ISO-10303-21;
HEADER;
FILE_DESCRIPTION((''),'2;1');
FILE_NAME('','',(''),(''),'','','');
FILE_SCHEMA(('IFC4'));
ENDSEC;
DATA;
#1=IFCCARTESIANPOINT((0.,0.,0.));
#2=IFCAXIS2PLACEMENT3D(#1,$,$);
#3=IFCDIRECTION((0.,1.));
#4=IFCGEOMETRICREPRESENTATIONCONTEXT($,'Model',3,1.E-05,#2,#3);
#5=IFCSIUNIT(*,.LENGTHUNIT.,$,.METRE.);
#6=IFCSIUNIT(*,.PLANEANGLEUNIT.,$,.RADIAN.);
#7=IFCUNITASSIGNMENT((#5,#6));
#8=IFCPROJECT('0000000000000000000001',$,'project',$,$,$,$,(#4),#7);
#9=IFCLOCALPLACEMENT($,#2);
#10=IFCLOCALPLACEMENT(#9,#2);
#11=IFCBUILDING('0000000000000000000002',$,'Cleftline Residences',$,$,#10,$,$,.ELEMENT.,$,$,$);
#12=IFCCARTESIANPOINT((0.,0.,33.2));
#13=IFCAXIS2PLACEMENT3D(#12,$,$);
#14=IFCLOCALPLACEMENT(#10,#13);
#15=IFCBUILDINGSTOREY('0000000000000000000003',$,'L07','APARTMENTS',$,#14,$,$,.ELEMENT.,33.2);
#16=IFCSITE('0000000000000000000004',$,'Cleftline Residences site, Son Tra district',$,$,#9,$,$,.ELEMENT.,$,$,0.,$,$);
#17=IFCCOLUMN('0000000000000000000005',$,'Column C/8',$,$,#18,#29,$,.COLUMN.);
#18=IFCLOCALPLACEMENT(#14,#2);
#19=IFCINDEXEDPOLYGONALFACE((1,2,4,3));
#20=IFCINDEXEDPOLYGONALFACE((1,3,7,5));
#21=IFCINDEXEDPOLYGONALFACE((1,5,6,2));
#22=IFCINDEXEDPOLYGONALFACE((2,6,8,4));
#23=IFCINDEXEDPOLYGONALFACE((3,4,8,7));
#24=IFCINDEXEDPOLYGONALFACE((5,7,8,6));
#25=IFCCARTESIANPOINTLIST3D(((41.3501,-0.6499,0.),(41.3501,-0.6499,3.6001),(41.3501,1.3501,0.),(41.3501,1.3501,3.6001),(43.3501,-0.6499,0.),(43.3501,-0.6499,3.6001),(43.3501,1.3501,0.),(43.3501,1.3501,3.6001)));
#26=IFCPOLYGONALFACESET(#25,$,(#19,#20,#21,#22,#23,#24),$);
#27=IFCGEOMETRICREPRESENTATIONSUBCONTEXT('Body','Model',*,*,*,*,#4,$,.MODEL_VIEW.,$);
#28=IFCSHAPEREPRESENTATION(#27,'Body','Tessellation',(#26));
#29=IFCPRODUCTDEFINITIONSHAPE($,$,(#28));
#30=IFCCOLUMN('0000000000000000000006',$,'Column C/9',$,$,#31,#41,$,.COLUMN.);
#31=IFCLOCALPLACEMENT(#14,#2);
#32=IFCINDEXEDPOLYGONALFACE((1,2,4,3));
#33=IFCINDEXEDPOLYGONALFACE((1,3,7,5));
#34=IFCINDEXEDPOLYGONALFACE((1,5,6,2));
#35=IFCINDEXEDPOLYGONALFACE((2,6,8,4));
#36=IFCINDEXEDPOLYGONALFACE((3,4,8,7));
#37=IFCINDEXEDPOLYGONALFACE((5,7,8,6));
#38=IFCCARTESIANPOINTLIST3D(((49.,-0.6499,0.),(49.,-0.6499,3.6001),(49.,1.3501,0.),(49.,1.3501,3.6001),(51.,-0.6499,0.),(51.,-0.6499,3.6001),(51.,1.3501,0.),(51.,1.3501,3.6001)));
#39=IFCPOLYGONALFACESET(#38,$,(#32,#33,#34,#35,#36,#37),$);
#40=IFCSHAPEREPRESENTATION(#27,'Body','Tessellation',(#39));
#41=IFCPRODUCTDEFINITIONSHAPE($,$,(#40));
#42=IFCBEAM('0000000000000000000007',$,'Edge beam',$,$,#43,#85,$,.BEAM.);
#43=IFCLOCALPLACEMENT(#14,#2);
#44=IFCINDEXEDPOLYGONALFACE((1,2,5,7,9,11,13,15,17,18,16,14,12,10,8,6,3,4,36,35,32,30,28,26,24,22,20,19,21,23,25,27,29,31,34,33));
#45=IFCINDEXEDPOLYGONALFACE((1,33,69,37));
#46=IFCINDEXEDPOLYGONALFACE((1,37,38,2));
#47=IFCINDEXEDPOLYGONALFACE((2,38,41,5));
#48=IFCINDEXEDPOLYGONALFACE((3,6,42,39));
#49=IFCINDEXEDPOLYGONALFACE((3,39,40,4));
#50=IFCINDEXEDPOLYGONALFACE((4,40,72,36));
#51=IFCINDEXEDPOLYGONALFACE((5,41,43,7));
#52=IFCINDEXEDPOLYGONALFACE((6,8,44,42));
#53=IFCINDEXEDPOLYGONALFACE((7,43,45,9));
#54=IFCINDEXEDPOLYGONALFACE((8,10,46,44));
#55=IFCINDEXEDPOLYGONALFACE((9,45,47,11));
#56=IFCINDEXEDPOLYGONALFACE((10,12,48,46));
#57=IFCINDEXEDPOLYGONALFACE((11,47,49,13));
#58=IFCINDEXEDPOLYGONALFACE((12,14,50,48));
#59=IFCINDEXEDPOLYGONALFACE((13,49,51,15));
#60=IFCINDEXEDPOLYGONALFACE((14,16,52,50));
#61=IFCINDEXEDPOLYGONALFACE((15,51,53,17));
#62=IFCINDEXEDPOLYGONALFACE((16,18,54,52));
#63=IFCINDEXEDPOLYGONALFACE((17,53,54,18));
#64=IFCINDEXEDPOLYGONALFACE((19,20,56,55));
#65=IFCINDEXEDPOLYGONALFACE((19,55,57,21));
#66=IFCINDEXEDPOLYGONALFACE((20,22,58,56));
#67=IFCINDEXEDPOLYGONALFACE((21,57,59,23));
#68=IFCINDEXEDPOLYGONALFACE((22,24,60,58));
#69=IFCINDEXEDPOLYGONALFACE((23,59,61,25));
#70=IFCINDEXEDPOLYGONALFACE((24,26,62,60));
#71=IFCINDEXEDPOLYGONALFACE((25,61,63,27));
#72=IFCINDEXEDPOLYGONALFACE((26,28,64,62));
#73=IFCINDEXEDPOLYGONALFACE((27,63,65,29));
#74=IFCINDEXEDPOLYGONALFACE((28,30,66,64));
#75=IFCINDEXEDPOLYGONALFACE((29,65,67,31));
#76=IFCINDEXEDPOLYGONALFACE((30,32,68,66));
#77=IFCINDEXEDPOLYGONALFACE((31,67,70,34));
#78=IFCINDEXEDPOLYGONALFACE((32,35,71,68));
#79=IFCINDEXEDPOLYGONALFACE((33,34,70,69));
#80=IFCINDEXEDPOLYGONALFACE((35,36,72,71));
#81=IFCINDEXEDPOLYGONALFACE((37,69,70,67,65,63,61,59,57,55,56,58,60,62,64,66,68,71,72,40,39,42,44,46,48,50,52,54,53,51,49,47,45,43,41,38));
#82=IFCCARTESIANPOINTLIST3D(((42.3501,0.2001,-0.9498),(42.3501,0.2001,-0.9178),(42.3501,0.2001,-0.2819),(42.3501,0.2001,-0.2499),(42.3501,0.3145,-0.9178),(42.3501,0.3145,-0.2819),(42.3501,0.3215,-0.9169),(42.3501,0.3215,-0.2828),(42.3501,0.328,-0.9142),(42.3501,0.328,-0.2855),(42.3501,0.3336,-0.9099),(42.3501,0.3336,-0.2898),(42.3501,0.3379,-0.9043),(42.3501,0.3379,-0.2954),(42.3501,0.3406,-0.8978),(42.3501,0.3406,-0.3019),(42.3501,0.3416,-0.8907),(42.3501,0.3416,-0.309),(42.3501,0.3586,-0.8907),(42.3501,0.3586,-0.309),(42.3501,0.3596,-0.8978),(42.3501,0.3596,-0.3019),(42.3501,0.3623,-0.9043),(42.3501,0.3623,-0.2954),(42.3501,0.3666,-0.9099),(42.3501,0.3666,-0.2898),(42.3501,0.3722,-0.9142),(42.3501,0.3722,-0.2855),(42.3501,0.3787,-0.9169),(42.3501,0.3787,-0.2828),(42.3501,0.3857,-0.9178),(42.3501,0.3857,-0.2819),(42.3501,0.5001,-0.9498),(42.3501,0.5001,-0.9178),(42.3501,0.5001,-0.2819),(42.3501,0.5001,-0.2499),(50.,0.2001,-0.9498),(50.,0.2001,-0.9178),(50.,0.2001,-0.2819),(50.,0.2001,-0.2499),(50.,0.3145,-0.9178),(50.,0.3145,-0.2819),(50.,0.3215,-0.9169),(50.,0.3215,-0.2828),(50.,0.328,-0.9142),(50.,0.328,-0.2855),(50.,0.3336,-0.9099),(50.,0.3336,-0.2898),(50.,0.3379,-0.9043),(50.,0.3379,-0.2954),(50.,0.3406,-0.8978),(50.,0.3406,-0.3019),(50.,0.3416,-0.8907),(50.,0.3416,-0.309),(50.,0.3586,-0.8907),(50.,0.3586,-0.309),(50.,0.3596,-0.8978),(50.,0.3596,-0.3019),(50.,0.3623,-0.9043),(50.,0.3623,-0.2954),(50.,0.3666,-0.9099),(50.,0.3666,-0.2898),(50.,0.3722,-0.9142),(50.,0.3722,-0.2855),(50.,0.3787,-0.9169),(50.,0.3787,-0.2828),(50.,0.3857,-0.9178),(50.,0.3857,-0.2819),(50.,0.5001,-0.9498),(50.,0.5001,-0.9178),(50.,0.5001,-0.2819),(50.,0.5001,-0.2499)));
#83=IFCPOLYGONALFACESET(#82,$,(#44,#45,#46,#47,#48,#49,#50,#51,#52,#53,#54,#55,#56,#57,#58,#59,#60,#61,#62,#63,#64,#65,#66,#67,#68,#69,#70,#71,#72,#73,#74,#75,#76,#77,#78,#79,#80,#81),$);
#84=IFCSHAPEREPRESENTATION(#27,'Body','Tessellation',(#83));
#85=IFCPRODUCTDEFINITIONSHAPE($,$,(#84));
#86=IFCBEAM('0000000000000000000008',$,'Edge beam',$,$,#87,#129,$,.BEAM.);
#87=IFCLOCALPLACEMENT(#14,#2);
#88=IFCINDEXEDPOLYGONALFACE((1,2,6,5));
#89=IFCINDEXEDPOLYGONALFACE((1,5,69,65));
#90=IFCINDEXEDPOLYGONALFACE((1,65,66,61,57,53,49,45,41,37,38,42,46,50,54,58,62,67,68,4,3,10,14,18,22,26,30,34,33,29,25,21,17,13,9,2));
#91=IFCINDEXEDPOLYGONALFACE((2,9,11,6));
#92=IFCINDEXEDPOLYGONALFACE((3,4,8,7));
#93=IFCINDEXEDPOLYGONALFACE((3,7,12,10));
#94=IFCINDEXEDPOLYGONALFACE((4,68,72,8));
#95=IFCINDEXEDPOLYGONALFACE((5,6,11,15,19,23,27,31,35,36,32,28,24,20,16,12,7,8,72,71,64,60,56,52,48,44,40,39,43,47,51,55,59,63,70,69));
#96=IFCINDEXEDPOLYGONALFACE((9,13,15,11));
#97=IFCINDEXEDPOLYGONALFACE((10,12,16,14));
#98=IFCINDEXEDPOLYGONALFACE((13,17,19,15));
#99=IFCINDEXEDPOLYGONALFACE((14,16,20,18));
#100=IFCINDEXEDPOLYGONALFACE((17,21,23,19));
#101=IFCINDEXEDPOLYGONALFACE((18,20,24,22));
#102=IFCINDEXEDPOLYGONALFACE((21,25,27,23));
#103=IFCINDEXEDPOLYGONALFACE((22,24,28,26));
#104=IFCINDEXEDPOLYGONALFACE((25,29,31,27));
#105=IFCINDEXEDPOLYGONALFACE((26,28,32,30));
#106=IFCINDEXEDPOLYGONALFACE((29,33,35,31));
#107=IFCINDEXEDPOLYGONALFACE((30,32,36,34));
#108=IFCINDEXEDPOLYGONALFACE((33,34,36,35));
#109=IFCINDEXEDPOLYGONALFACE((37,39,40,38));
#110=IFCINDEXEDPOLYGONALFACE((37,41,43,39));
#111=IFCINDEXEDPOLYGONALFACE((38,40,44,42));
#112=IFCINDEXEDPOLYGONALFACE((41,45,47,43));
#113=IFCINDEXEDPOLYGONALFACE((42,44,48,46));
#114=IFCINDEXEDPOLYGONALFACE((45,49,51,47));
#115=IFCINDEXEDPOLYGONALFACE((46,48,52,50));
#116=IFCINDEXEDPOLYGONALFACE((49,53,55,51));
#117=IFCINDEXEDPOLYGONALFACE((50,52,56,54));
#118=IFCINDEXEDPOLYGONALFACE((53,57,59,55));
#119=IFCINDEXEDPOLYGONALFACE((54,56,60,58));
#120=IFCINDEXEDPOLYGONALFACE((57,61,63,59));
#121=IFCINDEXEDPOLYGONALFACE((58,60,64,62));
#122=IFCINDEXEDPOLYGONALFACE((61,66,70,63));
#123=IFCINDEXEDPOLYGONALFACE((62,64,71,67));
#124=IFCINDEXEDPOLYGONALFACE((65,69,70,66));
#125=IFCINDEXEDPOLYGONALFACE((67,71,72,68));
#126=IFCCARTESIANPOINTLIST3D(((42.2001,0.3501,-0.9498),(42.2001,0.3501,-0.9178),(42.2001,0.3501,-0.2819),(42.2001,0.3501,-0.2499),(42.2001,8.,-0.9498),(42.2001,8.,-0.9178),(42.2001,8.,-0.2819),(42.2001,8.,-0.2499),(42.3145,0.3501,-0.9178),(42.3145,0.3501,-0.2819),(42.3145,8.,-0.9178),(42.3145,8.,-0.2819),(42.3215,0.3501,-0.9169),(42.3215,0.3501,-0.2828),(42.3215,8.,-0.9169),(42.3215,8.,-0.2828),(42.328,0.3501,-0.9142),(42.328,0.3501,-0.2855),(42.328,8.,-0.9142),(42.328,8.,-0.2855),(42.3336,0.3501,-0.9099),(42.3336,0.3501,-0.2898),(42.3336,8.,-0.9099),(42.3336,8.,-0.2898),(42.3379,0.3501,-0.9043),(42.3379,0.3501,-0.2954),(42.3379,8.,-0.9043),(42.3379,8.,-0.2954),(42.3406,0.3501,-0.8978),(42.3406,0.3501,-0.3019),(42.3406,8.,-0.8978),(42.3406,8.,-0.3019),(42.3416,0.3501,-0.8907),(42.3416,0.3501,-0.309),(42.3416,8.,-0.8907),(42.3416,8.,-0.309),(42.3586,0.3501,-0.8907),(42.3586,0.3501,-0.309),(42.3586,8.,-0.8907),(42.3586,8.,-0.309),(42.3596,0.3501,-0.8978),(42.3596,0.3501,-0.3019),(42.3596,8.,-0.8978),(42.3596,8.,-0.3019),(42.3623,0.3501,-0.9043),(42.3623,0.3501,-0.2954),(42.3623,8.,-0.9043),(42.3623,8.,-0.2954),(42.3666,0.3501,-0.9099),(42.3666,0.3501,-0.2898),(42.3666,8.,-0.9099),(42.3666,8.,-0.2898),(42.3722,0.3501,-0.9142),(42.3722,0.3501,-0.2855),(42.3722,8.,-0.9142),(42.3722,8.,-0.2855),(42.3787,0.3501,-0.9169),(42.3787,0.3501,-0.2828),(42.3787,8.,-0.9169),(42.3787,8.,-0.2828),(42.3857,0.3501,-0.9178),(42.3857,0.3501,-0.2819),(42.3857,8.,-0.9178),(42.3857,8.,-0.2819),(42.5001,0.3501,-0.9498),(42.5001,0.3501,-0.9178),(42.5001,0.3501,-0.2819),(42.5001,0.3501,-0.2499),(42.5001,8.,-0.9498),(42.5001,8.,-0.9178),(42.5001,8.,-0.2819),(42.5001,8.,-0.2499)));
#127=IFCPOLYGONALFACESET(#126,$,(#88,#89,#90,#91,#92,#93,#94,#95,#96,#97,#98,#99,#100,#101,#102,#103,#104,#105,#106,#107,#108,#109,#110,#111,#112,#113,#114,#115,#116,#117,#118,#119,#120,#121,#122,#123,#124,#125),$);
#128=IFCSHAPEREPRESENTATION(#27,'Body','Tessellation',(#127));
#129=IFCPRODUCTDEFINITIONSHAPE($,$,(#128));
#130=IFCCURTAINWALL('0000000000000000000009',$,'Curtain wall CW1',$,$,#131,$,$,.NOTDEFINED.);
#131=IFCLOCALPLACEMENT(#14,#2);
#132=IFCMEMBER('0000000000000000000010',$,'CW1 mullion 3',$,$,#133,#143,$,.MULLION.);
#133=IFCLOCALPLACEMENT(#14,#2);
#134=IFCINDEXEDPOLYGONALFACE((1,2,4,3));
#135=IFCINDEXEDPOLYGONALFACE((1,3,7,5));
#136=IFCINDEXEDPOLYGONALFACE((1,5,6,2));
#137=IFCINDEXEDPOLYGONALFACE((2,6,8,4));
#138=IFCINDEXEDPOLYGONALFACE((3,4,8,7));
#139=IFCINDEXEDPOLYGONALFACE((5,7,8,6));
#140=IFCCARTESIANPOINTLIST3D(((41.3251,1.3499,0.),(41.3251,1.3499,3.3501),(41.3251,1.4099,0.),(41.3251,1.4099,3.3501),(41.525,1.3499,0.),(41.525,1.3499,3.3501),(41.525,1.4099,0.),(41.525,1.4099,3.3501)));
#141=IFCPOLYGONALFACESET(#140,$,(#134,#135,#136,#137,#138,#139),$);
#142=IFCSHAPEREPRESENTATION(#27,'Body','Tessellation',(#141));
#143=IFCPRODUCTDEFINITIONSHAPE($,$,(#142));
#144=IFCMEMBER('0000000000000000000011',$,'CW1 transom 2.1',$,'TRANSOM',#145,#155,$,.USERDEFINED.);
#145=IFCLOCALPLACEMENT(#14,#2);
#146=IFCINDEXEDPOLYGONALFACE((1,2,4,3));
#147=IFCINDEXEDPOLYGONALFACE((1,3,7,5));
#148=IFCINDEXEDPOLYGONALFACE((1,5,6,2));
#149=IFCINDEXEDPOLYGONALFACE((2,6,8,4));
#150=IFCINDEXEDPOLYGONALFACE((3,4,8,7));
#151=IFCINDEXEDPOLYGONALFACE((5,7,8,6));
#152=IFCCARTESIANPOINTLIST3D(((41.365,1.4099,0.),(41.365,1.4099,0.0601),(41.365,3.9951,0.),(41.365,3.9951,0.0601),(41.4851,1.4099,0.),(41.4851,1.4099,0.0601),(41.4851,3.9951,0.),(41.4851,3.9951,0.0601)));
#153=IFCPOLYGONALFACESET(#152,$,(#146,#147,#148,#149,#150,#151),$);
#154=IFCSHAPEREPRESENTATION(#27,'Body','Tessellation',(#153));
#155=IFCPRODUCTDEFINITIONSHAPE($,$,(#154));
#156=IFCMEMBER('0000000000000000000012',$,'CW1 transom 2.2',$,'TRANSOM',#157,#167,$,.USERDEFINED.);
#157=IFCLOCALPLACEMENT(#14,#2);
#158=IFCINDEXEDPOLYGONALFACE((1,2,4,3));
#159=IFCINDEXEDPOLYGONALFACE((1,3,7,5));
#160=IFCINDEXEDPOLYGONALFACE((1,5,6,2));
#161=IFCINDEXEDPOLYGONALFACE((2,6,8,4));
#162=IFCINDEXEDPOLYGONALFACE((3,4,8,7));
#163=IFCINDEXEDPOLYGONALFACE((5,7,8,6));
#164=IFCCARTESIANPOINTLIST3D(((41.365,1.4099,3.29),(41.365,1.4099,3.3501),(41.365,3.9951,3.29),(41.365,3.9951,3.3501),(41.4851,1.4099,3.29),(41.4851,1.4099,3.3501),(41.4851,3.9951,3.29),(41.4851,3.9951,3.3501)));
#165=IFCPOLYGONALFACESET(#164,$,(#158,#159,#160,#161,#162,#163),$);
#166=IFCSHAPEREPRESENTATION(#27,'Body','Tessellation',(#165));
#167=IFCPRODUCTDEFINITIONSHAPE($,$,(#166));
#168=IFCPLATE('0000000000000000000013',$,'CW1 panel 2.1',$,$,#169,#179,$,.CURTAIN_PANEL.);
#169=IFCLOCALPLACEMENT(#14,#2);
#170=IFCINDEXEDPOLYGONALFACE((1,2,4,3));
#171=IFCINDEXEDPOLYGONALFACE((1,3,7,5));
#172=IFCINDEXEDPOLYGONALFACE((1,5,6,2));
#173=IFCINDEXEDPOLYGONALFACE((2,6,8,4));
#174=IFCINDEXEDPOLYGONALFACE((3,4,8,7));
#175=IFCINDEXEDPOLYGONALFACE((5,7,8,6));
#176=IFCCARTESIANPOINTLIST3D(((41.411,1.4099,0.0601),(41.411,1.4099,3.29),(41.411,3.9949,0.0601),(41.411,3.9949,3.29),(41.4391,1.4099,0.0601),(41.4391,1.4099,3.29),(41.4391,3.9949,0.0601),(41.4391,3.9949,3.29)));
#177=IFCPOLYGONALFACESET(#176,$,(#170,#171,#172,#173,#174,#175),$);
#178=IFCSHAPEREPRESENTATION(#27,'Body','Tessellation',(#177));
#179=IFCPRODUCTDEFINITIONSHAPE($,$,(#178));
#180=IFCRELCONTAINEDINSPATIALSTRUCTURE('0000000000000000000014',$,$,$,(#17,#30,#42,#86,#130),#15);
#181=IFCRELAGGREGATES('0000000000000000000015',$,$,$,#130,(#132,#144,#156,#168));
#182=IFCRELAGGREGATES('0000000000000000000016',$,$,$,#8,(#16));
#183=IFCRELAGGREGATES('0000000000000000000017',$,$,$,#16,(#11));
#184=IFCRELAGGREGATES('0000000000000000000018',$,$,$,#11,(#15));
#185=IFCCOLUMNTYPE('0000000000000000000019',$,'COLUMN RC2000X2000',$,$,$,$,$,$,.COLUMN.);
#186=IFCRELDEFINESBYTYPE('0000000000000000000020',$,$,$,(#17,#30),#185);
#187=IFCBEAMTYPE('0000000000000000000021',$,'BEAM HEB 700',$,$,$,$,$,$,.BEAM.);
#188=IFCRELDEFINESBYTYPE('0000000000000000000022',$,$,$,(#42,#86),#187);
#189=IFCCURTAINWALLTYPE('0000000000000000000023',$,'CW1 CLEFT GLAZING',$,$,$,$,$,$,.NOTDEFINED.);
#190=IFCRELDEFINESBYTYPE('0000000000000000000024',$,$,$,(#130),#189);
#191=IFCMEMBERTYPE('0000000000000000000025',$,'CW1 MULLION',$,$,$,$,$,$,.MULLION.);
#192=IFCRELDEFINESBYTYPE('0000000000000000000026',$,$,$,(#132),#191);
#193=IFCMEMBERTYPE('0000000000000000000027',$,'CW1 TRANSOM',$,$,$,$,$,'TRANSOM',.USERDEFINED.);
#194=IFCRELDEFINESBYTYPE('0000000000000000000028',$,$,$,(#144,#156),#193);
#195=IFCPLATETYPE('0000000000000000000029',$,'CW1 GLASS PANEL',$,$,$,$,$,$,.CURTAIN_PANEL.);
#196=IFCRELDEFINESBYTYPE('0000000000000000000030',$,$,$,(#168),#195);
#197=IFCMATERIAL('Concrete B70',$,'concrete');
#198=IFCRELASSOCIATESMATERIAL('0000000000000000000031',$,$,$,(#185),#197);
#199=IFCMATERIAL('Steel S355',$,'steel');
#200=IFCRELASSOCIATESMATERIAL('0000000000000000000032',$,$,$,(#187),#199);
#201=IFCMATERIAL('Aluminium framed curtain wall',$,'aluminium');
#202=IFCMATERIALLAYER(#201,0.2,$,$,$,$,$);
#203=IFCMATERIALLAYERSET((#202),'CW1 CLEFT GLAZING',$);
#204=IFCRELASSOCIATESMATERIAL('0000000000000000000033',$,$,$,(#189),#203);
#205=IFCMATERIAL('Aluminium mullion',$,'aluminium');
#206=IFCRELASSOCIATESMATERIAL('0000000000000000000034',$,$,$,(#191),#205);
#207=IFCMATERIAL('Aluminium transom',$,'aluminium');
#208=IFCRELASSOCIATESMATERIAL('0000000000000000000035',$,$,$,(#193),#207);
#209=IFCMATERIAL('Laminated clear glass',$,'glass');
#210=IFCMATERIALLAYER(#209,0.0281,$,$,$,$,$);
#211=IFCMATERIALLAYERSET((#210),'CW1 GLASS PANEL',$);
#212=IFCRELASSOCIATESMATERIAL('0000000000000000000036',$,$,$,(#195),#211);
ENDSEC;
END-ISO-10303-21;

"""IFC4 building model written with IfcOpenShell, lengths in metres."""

from ifc_helpers import new_model, si_unit, direction, frame, origin, origin_2d, place, context, subcontext, project, spatial, rectangle, i_section, extrude, material, layer, layer_set, material_profile, profile_set, type_object, element, aggregate, save


model = new_model("IFC4")

# Units and contexts
model_context = context("Model", 3, precision=1e-05, world=origin(), true_north=direction((0.0, 1.0)))
body_context = subcontext(model_context, "Body", "Model", "MODEL_VIEW")
ifc_project = project(units=[si_unit("LENGTHUNIT", "METRE"), si_unit("PLANEANGLEUNIT", "RADIAN")], contexts=[model_context])

# Site, building, storey
site_placement = place(None, origin())
site = spatial("IfcSite", under=ifc_project, at=site_placement, Name="Cleftline Residences site, Son Tra district", CompositionType="ELEMENT", RefElevation=0.0)
building_placement = place(site_placement, origin())
building = spatial("IfcBuilding", under=site, at=building_placement, Name="Cleftline Residences", CompositionType="ELEMENT")
storey_placement = place(building_placement, frame((0.0, 0.0, 33.2)))
storey = spatial("IfcBuildingStorey", under=building, at=storey_placement, Name="L07", Description="APARTMENTS", CompositionType="ELEMENT", Elevation=33.2)

# Columns
ifc_material_1 = material(Name="Concrete B70", Category="concrete")
ifc_material_profile_1 = material_profile(ifc_material_1, rectangle(XDim=2.0, YDim=2.0, at=origin_2d()))
ifc_profile_set_1 = profile_set([ifc_material_profile_1], Name="Concrete B70")
column_type = type_object("IfcColumnType", Name="COLUMN RC2000X2000", PredefinedType="COLUMN", material=ifc_profile_set_1)
for number, where, z_axis, x_axis, name in (
    (1, (42.3501, 0.3501, 0.0), (0.0, 0.0, 1.0), (1.0, 0.0, 0.0), "Column C/8"),
    (2, (50.0, 0.3501, 0.0), (0.0, 0.0, 1.0), (1.0, 0.0, 0.0), "Column C/9"),
):
    element("IfcColumn", number, at=place(storey_placement, frame(where, z_axis=z_axis, x_axis=x_axis)), inside=storey, type_object=column_type, Name=name, PredefinedType="COLUMN", context=body_context, shape_type="SweptSolid", body=[
        extrude(rectangle(XDim=2.0, YDim=2.0, at=origin_2d()), origin(), (0.0, 0.0, 1.0), 3.6001),
    ])

# Beams
ifc_material_2 = material(Name="Steel S355", Category="steel")
ifc_material_profile_2 = material_profile(ifc_material_2, i_section(OverallWidth=0.3, OverallDepth=0.7, WebThickness=0.0171, FlangeThickness=0.032, FilletRadius=0.0271, at=origin_2d()))
ifc_profile_set_2 = profile_set([ifc_material_profile_2], Name="Steel S355")
beam_type = type_object("IfcBeamType", Name="BEAM HEB 700", PredefinedType="BEAM", material=ifc_profile_set_2)
for number, where, z_axis, x_axis, name in (
    (3, (50.0, 0.3501, -0.5999), (-1.0, 0.0, 0.0), (0.0, -1.0, 0.0), "Edge beam"),
    (4, (42.3501, 0.3501, -0.5999), (0.0, 1.0, 0.0), (-1.0, 0.0, 0.0), "Edge beam"),
):
    element("IfcBeam", number, at=place(storey_placement, frame(where, z_axis=z_axis, x_axis=x_axis)), inside=storey, type_object=beam_type, Name=name, PredefinedType="BEAM", context=body_context, shape_type="SweptSolid", body=[
        extrude(i_section(OverallWidth=0.3, OverallDepth=0.7, WebThickness=0.0171, FlangeThickness=0.032, FilletRadius=0.0271, at=origin_2d()), origin(), (0.0, 0.0, 1.0), 7.6499),
    ])

# Curtain wall, members, plate
ifc_material_3 = material(Name="Aluminium framed curtain wall", Category="aluminium")
ifc_layer_1 = layer(ifc_material_3, 0.2)
ifc_layer_set_1 = layer_set([ifc_layer_1], Name="CW1 CLEFT GLAZING")
curtain_wall_type = type_object("IfcCurtainWallType", Name="CW1 CLEFT GLAZING", PredefinedType="NOTDEFINED", material=ifc_layer_set_1)
curtain_wall_placement = place(storey_placement, origin())
curtain_wall = element("IfcCurtainWall", 5, at=curtain_wall_placement, inside=storey, type_object=curtain_wall_type, Name="Curtain wall CW1", PredefinedType="NOTDEFINED")
ifc_material_4 = material(Name="Aluminium mullion", Category="aluminium")
ifc_material_profile_3 = material_profile(ifc_material_4, rectangle(XDim=0.2, YDim=0.0601, at=origin_2d()))
ifc_profile_set_3 = profile_set([ifc_material_profile_3], Name="Aluminium mullion")
member_type_1 = type_object("IfcMemberType", Name="CW1 MULLION", PredefinedType="MULLION", material=ifc_profile_set_3)
member_1_placement = place(storey_placement, frame((41.425, 1.3799, 0.0), z_axis=(0.0, 0.0, 1.0), x_axis=(1.0, 0.0, 0.0)))
member_1 = element("IfcMember", 6, at=member_1_placement, type_object=member_type_1, Name="CW1 mullion 3", PredefinedType="MULLION", context=body_context, shape_type="SweptSolid", body=[
    extrude(rectangle(XDim=0.2, YDim=0.0601, at=origin_2d()), origin(), (0.0, 0.0, 1.0), 3.3501),
])
ifc_material_5 = material(Name="Aluminium transom", Category="aluminium")
ifc_material_profile_4 = material_profile(ifc_material_5, rectangle(XDim=0.1201, YDim=0.0601, at=origin_2d()))
ifc_profile_set_4 = profile_set([ifc_material_profile_4], Name="Aluminium transom")
member_type_2 = type_object("IfcMemberType", Name="CW1 TRANSOM", ElementType="TRANSOM", PredefinedType="USERDEFINED", material=ifc_profile_set_4)
member_2_placement = place(storey_placement, frame((41.425, 3.9951, 0.03), z_axis=(0.0, -1.0, 0.0), x_axis=(1.0, 0.0, 0.0)))
member_2 = element("IfcMember", 7, at=member_2_placement, type_object=member_type_2, Name="CW1 transom 2.1", ObjectType="TRANSOM", PredefinedType="USERDEFINED", context=body_context, shape_type="SweptSolid", body=[
    extrude(rectangle(XDim=0.1201, YDim=0.0601, at=origin_2d()), origin(), (0.0, 0.0, 1.0), 2.5852),
])
member_3_placement = place(storey_placement, frame((41.425, 3.9951, 3.3201), z_axis=(0.0, -1.0, 0.0), x_axis=(1.0, 0.0, 0.0)))
member_3 = element("IfcMember", 8, at=member_3_placement, type_object=member_type_2, Name="CW1 transom 2.2", ObjectType="TRANSOM", PredefinedType="USERDEFINED", context=body_context, shape_type="SweptSolid", body=[
    extrude(rectangle(XDim=0.1201, YDim=0.0601, at=origin_2d()), origin(), (0.0, 0.0, 1.0), 2.5852),
])
ifc_material_6 = material(Name="Laminated clear glass", Category="glass")
ifc_layer_2 = layer(ifc_material_6, 0.0281)
ifc_layer_set_2 = layer_set([ifc_layer_2], Name="CW1 GLASS PANEL")
plate_type = type_object("IfcPlateType", Name="CW1 GLASS PANEL", PredefinedType="CURTAIN_PANEL", material=ifc_layer_set_2)
plate_placement = place(storey_placement, frame((41.425, 2.7024, 0.0601), z_axis=(0.0, 0.0, 1.0), x_axis=(0.0, -1.0, 0.0)))
plate = element("IfcPlate", 9, at=plate_placement, type_object=plate_type, Name="CW1 panel 2.1", PredefinedType="CURTAIN_PANEL", context=body_context, shape_type="SweptSolid", body=[
    extrude(rectangle(XDim=2.585, YDim=0.0281, at=origin_2d()), origin(), (0.0, 0.0, 1.0), 3.23),
])
aggregate(curtain_wall, [member_1, member_2, member_3, plate])

save(model, "model.ifc")
